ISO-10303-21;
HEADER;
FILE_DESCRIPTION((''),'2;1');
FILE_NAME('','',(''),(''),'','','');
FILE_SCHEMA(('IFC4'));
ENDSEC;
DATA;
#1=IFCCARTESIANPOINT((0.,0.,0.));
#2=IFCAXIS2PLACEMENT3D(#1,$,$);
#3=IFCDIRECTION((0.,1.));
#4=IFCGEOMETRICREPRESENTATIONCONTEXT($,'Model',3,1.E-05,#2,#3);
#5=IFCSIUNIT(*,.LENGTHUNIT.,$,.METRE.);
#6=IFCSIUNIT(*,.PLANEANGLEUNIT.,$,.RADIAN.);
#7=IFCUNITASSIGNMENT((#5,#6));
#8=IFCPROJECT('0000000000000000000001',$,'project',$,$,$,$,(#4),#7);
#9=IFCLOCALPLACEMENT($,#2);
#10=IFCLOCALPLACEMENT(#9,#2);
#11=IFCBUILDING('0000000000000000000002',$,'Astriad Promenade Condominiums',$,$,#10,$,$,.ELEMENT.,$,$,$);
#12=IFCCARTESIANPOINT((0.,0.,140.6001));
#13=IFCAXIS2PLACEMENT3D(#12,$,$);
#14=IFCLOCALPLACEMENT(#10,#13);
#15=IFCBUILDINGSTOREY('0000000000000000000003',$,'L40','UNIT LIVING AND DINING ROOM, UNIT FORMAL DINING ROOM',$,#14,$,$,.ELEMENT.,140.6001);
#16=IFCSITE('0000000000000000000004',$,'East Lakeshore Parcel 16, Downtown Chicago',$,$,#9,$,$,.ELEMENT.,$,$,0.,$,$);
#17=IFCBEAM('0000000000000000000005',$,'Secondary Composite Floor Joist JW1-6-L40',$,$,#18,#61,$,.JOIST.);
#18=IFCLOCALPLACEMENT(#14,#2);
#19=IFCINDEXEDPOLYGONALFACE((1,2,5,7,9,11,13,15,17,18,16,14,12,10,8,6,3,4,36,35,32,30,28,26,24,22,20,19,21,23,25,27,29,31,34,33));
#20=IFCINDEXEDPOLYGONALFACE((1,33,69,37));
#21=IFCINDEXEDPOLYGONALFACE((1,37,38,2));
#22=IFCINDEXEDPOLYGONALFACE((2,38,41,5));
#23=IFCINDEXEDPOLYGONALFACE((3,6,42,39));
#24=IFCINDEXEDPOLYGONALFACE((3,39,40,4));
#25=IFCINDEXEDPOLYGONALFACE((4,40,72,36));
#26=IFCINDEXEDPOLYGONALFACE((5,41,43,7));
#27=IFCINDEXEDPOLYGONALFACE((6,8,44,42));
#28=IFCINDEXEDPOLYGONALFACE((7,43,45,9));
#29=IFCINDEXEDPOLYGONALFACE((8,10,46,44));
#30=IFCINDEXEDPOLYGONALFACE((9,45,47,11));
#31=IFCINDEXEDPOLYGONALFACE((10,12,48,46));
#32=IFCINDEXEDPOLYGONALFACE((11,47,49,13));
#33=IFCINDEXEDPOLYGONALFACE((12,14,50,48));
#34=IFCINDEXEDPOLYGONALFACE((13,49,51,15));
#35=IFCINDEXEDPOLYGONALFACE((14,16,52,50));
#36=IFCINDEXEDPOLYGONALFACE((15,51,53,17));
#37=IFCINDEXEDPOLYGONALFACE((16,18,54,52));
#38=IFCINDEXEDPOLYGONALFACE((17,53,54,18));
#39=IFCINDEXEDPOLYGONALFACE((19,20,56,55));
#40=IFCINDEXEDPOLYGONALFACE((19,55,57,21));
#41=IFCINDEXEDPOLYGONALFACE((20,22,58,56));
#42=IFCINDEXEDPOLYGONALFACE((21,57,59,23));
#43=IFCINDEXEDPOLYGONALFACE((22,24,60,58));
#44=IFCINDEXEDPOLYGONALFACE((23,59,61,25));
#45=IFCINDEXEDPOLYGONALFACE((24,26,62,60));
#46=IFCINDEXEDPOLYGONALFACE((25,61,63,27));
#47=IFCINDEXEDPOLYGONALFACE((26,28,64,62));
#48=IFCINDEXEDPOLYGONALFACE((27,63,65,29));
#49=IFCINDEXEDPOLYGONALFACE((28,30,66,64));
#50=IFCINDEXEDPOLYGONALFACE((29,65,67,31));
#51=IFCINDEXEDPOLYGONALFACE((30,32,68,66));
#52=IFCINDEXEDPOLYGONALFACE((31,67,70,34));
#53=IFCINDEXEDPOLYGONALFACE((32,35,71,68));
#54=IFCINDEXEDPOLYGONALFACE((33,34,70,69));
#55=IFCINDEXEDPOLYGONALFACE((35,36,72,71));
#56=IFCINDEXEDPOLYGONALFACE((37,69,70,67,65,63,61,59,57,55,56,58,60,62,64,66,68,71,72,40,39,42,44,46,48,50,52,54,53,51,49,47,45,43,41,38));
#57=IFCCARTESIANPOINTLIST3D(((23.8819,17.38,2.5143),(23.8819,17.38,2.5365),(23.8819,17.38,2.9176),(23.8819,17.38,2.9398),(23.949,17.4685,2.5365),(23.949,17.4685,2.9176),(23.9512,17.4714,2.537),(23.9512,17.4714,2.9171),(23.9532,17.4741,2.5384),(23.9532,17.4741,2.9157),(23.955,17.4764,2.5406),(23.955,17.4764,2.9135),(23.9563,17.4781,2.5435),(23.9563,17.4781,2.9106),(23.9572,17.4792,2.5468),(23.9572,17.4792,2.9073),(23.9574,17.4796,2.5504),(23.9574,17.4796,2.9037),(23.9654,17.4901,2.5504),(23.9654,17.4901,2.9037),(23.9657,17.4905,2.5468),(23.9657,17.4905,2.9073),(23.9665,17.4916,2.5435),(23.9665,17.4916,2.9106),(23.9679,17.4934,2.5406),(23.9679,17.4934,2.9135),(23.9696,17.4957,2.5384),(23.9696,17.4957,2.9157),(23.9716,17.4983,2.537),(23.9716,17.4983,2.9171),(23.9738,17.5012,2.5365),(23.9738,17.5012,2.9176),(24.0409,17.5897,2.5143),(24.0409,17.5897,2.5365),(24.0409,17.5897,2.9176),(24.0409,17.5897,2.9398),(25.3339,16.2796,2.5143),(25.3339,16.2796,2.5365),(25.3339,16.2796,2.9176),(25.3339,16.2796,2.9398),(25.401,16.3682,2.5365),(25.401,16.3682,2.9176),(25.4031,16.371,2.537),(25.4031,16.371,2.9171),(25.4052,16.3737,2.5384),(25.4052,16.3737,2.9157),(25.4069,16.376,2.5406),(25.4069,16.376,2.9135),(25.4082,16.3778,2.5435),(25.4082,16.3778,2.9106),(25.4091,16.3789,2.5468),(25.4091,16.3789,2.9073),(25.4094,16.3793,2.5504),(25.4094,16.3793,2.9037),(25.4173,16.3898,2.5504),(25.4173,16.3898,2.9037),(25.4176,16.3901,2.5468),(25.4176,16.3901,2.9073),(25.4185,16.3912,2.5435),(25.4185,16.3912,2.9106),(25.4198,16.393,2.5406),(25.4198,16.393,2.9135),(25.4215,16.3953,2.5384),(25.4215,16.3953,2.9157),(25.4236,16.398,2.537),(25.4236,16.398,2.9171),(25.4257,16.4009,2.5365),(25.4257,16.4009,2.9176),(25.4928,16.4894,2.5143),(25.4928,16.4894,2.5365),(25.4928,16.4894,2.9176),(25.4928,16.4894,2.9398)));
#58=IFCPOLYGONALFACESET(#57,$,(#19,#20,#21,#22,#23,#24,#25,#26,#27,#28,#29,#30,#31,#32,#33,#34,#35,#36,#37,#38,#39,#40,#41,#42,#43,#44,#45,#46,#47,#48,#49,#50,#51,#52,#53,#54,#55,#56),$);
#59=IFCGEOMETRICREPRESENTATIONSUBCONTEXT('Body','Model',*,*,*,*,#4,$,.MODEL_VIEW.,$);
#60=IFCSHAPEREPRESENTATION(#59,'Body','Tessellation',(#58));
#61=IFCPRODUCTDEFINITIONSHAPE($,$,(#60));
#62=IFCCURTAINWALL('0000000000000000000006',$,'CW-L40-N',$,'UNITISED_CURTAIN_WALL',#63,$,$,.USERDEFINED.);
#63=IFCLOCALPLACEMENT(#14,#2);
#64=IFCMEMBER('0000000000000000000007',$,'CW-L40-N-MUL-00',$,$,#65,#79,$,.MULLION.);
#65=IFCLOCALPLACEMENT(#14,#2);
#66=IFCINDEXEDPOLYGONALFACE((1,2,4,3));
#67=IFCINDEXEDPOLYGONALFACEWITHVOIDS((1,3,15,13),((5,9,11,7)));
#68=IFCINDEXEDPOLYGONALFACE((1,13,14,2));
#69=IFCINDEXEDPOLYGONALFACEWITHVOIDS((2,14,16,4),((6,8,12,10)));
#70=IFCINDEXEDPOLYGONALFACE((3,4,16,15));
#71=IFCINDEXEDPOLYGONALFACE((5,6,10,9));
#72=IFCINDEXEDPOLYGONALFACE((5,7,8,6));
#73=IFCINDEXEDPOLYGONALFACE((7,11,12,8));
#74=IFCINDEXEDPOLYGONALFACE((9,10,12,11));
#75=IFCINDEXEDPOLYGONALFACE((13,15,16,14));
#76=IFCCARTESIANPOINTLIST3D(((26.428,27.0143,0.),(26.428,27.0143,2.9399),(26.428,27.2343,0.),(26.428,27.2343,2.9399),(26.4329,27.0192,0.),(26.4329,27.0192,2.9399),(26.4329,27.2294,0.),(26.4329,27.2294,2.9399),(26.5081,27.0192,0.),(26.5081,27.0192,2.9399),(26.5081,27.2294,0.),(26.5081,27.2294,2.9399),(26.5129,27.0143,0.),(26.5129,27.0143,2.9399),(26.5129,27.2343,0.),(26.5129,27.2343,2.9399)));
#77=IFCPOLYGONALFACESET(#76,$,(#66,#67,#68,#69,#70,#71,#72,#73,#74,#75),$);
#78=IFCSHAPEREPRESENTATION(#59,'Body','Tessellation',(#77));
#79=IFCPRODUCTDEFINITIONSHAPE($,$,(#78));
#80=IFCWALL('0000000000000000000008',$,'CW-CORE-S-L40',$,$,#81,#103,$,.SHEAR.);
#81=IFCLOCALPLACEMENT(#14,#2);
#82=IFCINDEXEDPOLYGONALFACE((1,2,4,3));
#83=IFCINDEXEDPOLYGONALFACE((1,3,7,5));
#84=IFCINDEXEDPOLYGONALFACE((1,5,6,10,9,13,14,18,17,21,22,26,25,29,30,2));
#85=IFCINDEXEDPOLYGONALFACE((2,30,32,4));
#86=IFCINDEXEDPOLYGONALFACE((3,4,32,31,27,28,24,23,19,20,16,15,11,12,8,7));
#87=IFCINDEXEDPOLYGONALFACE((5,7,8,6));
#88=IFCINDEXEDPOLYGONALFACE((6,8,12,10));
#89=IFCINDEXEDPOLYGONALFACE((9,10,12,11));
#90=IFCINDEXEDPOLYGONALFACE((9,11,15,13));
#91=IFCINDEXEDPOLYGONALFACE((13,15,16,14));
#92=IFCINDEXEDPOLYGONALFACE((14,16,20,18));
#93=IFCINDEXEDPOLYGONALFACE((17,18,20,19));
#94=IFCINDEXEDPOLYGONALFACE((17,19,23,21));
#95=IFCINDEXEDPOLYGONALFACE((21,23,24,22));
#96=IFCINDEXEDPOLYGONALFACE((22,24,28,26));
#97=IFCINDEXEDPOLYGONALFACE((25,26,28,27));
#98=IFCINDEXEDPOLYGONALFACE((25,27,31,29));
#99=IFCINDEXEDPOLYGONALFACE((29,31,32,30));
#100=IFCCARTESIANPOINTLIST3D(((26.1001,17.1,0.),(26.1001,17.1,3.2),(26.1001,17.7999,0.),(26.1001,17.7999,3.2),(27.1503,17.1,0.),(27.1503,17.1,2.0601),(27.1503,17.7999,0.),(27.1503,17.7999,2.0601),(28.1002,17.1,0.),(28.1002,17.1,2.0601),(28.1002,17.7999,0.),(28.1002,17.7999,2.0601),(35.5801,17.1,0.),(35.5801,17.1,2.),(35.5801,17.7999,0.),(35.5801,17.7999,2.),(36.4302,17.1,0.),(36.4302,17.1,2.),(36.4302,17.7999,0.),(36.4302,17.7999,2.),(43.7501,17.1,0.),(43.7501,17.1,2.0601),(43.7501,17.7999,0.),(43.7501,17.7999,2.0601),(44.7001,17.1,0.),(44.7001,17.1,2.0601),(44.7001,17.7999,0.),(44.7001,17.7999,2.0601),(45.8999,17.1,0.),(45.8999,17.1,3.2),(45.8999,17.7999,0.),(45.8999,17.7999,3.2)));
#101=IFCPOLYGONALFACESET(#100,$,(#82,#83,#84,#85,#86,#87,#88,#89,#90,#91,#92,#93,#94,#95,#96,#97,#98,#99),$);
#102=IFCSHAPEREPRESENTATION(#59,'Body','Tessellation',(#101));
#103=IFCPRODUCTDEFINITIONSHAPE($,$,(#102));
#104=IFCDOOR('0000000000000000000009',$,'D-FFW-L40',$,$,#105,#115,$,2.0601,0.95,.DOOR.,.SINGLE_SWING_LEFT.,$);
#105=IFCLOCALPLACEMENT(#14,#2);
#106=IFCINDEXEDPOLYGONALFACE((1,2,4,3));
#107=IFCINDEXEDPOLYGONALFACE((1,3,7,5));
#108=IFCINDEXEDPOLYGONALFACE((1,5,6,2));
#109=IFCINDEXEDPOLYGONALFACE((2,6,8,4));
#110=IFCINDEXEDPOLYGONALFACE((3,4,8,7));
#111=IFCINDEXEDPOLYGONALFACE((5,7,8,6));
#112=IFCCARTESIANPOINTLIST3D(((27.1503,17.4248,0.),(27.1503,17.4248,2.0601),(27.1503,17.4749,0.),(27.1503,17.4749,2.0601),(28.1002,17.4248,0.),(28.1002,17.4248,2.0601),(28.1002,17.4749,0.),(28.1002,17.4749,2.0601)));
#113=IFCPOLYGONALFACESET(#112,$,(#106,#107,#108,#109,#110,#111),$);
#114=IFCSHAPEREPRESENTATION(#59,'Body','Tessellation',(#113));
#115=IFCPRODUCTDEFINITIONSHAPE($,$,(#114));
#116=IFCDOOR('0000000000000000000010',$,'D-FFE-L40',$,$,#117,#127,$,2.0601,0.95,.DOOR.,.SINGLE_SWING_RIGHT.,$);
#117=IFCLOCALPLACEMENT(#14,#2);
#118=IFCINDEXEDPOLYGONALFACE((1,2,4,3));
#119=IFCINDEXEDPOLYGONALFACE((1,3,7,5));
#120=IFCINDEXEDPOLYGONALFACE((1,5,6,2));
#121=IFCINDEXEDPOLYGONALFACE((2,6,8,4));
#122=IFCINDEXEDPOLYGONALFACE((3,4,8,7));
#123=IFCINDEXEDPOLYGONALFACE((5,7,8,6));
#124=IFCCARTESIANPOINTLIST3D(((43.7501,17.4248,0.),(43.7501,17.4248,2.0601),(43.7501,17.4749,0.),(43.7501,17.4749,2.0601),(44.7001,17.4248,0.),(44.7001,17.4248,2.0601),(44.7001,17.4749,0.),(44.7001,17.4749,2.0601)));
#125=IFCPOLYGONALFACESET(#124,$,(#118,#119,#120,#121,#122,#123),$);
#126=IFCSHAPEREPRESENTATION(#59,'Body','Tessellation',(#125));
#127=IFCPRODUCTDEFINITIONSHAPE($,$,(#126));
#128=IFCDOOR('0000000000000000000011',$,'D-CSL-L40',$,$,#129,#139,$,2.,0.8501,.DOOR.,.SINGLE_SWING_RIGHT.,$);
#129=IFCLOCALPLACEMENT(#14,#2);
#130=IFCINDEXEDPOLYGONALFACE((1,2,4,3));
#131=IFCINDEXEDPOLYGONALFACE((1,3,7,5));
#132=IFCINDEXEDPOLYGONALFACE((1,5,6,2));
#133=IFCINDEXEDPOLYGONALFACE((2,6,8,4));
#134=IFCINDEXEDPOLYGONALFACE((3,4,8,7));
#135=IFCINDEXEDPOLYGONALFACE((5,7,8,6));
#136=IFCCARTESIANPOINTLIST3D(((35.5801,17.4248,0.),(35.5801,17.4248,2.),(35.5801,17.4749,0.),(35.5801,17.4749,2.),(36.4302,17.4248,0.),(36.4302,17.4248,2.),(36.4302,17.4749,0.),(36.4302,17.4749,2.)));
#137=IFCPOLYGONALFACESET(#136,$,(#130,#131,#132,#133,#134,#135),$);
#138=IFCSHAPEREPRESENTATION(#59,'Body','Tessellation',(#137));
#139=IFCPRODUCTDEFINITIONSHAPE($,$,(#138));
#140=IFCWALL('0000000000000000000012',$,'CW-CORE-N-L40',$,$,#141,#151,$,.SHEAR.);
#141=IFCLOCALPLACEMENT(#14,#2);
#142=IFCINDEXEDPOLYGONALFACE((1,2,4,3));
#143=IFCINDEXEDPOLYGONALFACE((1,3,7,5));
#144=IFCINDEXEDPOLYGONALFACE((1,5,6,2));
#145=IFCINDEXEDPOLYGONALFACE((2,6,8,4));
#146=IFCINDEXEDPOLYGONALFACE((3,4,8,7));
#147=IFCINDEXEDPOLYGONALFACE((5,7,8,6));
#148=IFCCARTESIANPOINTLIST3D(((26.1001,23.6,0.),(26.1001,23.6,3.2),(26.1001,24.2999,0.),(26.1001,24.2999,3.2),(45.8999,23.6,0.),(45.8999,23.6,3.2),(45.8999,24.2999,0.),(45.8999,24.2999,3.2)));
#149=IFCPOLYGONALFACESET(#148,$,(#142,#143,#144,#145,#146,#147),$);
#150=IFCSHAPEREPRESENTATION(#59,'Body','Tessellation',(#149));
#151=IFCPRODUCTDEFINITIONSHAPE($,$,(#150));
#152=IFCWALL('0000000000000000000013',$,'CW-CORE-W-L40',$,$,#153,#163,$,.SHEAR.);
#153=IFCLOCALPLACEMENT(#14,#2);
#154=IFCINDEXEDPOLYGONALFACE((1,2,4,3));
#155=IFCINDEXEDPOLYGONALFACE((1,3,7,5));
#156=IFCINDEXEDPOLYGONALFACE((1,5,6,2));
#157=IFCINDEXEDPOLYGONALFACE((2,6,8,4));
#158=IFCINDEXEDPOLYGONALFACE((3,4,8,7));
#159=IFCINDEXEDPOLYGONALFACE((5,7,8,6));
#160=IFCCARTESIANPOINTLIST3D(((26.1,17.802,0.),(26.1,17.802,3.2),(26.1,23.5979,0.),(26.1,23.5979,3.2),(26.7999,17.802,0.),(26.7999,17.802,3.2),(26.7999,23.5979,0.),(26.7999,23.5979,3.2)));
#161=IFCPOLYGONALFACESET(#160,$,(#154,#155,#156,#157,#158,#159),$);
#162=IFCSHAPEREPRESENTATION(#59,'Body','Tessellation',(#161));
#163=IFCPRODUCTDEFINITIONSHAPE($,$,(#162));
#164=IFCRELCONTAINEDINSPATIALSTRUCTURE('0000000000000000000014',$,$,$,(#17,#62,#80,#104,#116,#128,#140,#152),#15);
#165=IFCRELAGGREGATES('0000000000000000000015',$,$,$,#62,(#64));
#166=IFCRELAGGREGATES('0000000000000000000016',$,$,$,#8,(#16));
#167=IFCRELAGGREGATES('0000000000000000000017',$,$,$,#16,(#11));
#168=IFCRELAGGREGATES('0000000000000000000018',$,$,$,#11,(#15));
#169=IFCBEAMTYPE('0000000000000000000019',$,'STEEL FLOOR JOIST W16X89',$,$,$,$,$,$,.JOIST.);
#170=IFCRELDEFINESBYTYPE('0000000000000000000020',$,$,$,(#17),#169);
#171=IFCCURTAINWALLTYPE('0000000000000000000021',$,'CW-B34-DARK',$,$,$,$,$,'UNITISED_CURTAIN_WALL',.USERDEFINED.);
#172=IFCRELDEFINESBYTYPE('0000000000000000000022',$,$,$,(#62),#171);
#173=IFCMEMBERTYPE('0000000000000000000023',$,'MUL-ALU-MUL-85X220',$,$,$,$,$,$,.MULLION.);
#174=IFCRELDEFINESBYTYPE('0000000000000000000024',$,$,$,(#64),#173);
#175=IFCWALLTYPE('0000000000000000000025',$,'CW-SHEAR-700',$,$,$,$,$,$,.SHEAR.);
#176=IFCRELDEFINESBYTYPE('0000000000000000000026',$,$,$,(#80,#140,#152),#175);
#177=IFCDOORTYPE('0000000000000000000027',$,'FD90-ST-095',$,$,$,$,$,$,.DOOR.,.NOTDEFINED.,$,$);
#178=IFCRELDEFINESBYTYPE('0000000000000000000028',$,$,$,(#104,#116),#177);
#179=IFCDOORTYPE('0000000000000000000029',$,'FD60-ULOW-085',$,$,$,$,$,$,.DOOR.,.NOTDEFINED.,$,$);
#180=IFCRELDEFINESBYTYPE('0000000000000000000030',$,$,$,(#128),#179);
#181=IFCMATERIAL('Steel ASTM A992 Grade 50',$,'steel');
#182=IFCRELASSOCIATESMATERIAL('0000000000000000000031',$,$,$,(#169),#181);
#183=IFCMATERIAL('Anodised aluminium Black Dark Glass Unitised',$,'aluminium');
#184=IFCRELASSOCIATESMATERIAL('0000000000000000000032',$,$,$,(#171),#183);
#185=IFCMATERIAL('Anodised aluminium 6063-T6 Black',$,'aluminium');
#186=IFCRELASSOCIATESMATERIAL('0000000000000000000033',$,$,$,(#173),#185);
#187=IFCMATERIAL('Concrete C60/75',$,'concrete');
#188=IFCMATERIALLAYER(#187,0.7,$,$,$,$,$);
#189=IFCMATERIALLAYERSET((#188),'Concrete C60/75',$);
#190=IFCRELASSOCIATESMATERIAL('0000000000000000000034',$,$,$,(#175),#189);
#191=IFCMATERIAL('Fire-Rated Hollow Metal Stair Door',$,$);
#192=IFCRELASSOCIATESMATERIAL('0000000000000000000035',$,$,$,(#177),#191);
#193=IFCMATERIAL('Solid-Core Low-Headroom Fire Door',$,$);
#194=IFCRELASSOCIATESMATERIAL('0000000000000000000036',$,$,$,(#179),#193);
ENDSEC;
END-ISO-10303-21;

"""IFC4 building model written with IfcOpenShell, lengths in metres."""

from ifc_helpers import new_model, si_unit, direction, frame, frame_2d, origin, origin_2d, place, context, subcontext, project, spatial, rectangle, hollow_rectangle, i_section, extrude, source, transform, mapped, material, layer, layer_set, material_profile, profile_set, type_object, type_shapes, element, fill, aggregate, save


model = new_model("IFC4")

# Units and contexts
model_context = context("Model", 3, precision=1e-05, world=origin(), true_north=direction((0.0, 1.0)))
body_context = subcontext(model_context, "Body", "Model", "MODEL_VIEW")
ifc_project = project(units=[si_unit("LENGTHUNIT", "METRE"), si_unit("PLANEANGLEUNIT", "RADIAN")], contexts=[model_context])

# Site, building, storey
site_placement = place(None, origin())
site = spatial("IfcSite", under=ifc_project, at=site_placement, Name="East Lakeshore Parcel 16, Downtown Chicago", CompositionType="ELEMENT", RefElevation=0.0)
building_placement = place(site_placement, origin())
building = spatial("IfcBuilding", under=site, at=building_placement, Name="Astriad Promenade Condominiums", CompositionType="ELEMENT")
storey_placement = place(building_placement, frame((0.0, 0.0, 140.6001)))
storey = spatial("IfcBuildingStorey", under=building, at=storey_placement, Name="L40", Description="UNIT LIVING AND DINING ROOM, UNIT FORMAL DINING ROOM", CompositionType="ELEMENT", Elevation=140.6001)

# Shared definitions
ifc_material_1 = material(Name="Steel ASTM A992 Grade 50", Category="steel")
ifc_material_2 = material(Name="Concrete C60/75", Category="concrete")

# Beam
ifc_material_profile_1 = material_profile(ifc_material_1, i_section(OverallWidth=0.2632, OverallDepth=0.4255, WebThickness=0.0132, FlangeThickness=0.0222, FilletRadius=0.0139, at=origin_2d()), Name="W16X89")
ifc_profile_set_1 = profile_set([ifc_material_profile_1], Name="Steel ASTM A992 Grade 50")
beam_type_1 = type_object("IfcBeamType", Name="STEEL FLOOR JOIST W16X89", PredefinedType="JOIST", material=ifc_profile_set_1)
shared_shape_1 = source(origin(), body_context, "Body", "SweptSolid", [
    extrude(i_section(OverallWidth=0.2632, OverallDepth=0.4255, WebThickness=0.0132, FlangeThickness=0.0222, FilletRadius=0.0139, at=origin_2d()), origin(), (0.0, 0.0, 1.0), 1.8218),
])
beam_1_placement = place(storey_placement, frame((23.9614, 17.4849, 2.7271), z_axis=(0.796983, -0.604002, 0.0), x_axis=(0.604002, 0.796983, 0.0)))
element("IfcBeam", 1, at=beam_1_placement, inside=storey, type_object=beam_type_1, Name="Secondary Composite Floor Joist JW1-6-L40", PredefinedType="JOIST", context=body_context, shape_type="MappedRepresentation", body=[
    mapped(shared_shape_1, transform((0.0, 0.0, 0.0), scale=1.0)),
])

# Curtain wall, member
ifc_material_3 = material(Name="Anodised aluminium Black Dark Glass Unitised", Category="aluminium")
curtain_wall_type = type_object("IfcCurtainWallType", Name="CW-B34-DARK", ElementType="UNITISED_CURTAIN_WALL", PredefinedType="USERDEFINED", material=ifc_material_3)
curtain_wall_placement = place(storey_placement, origin())
curtain_wall = element("IfcCurtainWall", 2, at=curtain_wall_placement, inside=storey, type_object=curtain_wall_type, Name="CW-L40-N", ObjectType="UNITISED_CURTAIN_WALL", PredefinedType="USERDEFINED")
ifc_material_4 = material(Name="Anodised aluminium 6063-T6 Black", Category="aluminium")
ifc_material_profile_2 = material_profile(ifc_material_4, hollow_rectangle(XDim=0.085, YDim=0.22, WallThickness=0.0049, at=origin_2d()), Name="ALU-MUL-85X220")
ifc_profile_set_2 = profile_set([ifc_material_profile_2], Name="Anodised aluminium 6063-T6 Black")
member_type = type_object("IfcMemberType", Name="MUL-ALU-MUL-85X220", PredefinedType="MULLION", material=ifc_profile_set_2)
shared_shape_2 = source(origin(), body_context, "Body", "SweptSolid", [
    extrude(hollow_rectangle(XDim=0.085, YDim=0.22, WallThickness=0.0049, at=origin_2d()), origin(), (0.0, 0.0, 1.0), 2.9399),
])
type_shapes(member_type, [shared_shape_2])
member_placement = place(storey_placement, frame((26.4705, 27.1243, 0.0), z_axis=(0.0, 0.0, 1.0), x_axis=(1.0, 0.0, 0.0)))
member = element("IfcMember", 3, at=member_placement, type_object=member_type, Name="CW-L40-N-MUL-00", PredefinedType="MULLION", context=body_context, shape_type="MappedRepresentation", body=[
    mapped(shared_shape_2, transform((0.0, 0.0, 0.0), scale=1.0)),
])
aggregate(curtain_wall, [member])

# Wall, openings, doors
ifc_layer_1 = layer(ifc_material_2, 0.7)
ifc_layer_set_1 = layer_set([ifc_layer_1], Name="Concrete C60/75")
wall_type_1 = type_object("IfcWallType", Name="CW-SHEAR-700", PredefinedType="SHEAR", material=ifc_layer_set_1)
wall_1_placement = place(storey_placement, frame((26.1001, 17.45, 0.0), z_axis=(0.0, 0.0, 1.0), x_axis=(1.0, 0.0, 0.0)))
wall_1 = element("IfcWall", 4, at=wall_1_placement, inside=storey, type_object=wall_type_1, Name="CW-CORE-S-L40", PredefinedType="SHEAR", context=body_context, shape_type="SweptSolid", body=[
    extrude(rectangle(XDim=19.7998, YDim=0.7, at=frame_2d((9.8999, 0.0))), origin(), (0.0, 0.0, 1.0), 3.2),
])
opening_1_placement = place(wall_1_placement, frame((1.05, 0.0, 0.0)))
opening_1 = element("IfcOpeningElement", 5, at=opening_1_placement, cuts=wall_1, PredefinedType="OPENING", context=body_context, shape_type="SweptSolid", body=[
    extrude(rectangle(XDim=0.95, YDim=2.0601, at=frame_2d((0.4751, 1.03))), frame((0.0, 0.3599, 0.0), z_axis=(0.0, -1.0, 0.0), x_axis=(1.0, 0.0, 0.0)), (0.0, 0.0, 1.0), 0.72),
])
opening_2_placement = place(wall_1_placement, frame((9.48, 0.0, 0.0)))
opening_2 = element("IfcOpeningElement", 6, at=opening_2_placement, cuts=wall_1, PredefinedType="OPENING", context=body_context, shape_type="SweptSolid", body=[
    extrude(rectangle(XDim=0.8501, YDim=2.0, at=frame_2d((0.425, 1.0))), frame((0.0, 0.3599, 0.0), z_axis=(0.0, -1.0, 0.0), x_axis=(1.0, 0.0, 0.0)), (0.0, 0.0, 1.0), 0.72),
])
opening_3_placement = place(wall_1_placement, frame((17.6499, 0.0, 0.0)))
opening_3 = element("IfcOpeningElement", 7, at=opening_3_placement, cuts=wall_1, PredefinedType="OPENING", context=body_context, shape_type="SweptSolid", body=[
    extrude(rectangle(XDim=0.95, YDim=2.0601, at=frame_2d((0.4751, 1.03))), frame((0.0, 0.3599, 0.0), z_axis=(0.0, -1.0, 0.0), x_axis=(1.0, 0.0, 0.0)), (0.0, 0.0, 1.0), 0.72),
])
ifc_material_5 = material(Name="Fire-Rated Hollow Metal Stair Door")
door_type_1 = type_object("IfcDoorType", Name="FD90-ST-095", OperationType="NOTDEFINED", PredefinedType="DOOR", material=ifc_material_5)
shared_shape_3 = source(origin(), body_context, "Body", "SweptSolid", [
    extrude(rectangle(XDim=0.95, YDim=2.0601, at=frame_2d((0.4751, 1.03))), frame((0.0, 0.0249, 0.0), z_axis=(0.0, -1.0, 0.0), x_axis=(1.0, 0.0, 0.0)), (0.0, 0.0, 1.0), 0.05),
])
type_shapes(door_type_1, [shared_shape_3])
door_1_placement = place(opening_1_placement, origin())
door_1 = element("IfcDoor", 8, at=door_1_placement, inside=storey, type_object=door_type_1, Name="D-FFW-L40", OperationType="SINGLE_SWING_LEFT", OverallHeight=2.0601, OverallWidth=0.95, PredefinedType="DOOR", context=body_context, shape_type="MappedRepresentation", body=[
    mapped(shared_shape_3, transform((0.0, 0.0, 0.0), scale=1.0)),
])
fill(opening_1, door_1)
door_2_placement = place(opening_3_placement, origin())
door_2 = element("IfcDoor", 9, at=door_2_placement, inside=storey, type_object=door_type_1, Name="D-FFE-L40", OperationType="SINGLE_SWING_RIGHT", OverallHeight=2.0601, OverallWidth=0.95, PredefinedType="DOOR", context=body_context, shape_type="MappedRepresentation", body=[
    mapped(shared_shape_3, transform((0.0, 0.0, 0.0), scale=1.0)),
])
fill(opening_3, door_2)
ifc_material_6 = material(Name="Solid-Core Low-Headroom Fire Door")
door_type_2 = type_object("IfcDoorType", Name="FD60-ULOW-085", OperationType="NOTDEFINED", PredefinedType="DOOR", material=ifc_material_6)
shared_shape_4 = source(origin(), body_context, "Body", "SweptSolid", [
    extrude(rectangle(XDim=0.8501, YDim=2.0, at=frame_2d((0.425, 1.0))), frame((0.0, 0.0249, 0.0), z_axis=(0.0, -1.0, 0.0), x_axis=(1.0, 0.0, 0.0)), (0.0, 0.0, 1.0), 0.05),
])
type_shapes(door_type_2, [shared_shape_4])
door_3_placement = place(opening_2_placement, origin())
door_3 = element("IfcDoor", 10, at=door_3_placement, inside=storey, type_object=door_type_2, Name="D-CSL-L40", OperationType="SINGLE_SWING_RIGHT", OverallHeight=2.0, OverallWidth=0.8501, PredefinedType="DOOR", context=body_context, shape_type="MappedRepresentation", body=[
    mapped(shared_shape_4, transform((0.0, 0.0, 0.0), scale=1.0)),
])
fill(opening_2, door_3)

# Walls
wall_2_placement = place(storey_placement, frame((26.1001, 23.95, 0.0), z_axis=(0.0, 0.0, 1.0), x_axis=(1.0, 0.0, 0.0)))
element("IfcWall", 11, at=wall_2_placement, inside=storey, type_object=wall_type_1, Name="CW-CORE-N-L40", PredefinedType="SHEAR", context=body_context, shape_type="SweptSolid", body=[
    extrude(rectangle(XDim=19.7998, YDim=0.7, at=frame_2d((9.8999, 0.0))), origin(), (0.0, 0.0, 1.0), 3.2),
])
wall_3_placement = place(storey_placement, frame((26.45, 17.802, 0.0), z_axis=(0.0, 0.0, 1.0), x_axis=(0.0, 1.0, 0.0)))
element("IfcWall", 12, at=wall_3_placement, inside=storey, type_object=wall_type_1, Name="CW-CORE-W-L40", PredefinedType="SHEAR", context=body_context, shape_type="SweptSolid", body=[
    extrude(rectangle(XDim=5.7959, YDim=0.7, at=frame_2d((2.8979, 0.0))), origin(), (0.0, 0.0, 1.0), 3.2),
])

save(model, "model.ifc")
